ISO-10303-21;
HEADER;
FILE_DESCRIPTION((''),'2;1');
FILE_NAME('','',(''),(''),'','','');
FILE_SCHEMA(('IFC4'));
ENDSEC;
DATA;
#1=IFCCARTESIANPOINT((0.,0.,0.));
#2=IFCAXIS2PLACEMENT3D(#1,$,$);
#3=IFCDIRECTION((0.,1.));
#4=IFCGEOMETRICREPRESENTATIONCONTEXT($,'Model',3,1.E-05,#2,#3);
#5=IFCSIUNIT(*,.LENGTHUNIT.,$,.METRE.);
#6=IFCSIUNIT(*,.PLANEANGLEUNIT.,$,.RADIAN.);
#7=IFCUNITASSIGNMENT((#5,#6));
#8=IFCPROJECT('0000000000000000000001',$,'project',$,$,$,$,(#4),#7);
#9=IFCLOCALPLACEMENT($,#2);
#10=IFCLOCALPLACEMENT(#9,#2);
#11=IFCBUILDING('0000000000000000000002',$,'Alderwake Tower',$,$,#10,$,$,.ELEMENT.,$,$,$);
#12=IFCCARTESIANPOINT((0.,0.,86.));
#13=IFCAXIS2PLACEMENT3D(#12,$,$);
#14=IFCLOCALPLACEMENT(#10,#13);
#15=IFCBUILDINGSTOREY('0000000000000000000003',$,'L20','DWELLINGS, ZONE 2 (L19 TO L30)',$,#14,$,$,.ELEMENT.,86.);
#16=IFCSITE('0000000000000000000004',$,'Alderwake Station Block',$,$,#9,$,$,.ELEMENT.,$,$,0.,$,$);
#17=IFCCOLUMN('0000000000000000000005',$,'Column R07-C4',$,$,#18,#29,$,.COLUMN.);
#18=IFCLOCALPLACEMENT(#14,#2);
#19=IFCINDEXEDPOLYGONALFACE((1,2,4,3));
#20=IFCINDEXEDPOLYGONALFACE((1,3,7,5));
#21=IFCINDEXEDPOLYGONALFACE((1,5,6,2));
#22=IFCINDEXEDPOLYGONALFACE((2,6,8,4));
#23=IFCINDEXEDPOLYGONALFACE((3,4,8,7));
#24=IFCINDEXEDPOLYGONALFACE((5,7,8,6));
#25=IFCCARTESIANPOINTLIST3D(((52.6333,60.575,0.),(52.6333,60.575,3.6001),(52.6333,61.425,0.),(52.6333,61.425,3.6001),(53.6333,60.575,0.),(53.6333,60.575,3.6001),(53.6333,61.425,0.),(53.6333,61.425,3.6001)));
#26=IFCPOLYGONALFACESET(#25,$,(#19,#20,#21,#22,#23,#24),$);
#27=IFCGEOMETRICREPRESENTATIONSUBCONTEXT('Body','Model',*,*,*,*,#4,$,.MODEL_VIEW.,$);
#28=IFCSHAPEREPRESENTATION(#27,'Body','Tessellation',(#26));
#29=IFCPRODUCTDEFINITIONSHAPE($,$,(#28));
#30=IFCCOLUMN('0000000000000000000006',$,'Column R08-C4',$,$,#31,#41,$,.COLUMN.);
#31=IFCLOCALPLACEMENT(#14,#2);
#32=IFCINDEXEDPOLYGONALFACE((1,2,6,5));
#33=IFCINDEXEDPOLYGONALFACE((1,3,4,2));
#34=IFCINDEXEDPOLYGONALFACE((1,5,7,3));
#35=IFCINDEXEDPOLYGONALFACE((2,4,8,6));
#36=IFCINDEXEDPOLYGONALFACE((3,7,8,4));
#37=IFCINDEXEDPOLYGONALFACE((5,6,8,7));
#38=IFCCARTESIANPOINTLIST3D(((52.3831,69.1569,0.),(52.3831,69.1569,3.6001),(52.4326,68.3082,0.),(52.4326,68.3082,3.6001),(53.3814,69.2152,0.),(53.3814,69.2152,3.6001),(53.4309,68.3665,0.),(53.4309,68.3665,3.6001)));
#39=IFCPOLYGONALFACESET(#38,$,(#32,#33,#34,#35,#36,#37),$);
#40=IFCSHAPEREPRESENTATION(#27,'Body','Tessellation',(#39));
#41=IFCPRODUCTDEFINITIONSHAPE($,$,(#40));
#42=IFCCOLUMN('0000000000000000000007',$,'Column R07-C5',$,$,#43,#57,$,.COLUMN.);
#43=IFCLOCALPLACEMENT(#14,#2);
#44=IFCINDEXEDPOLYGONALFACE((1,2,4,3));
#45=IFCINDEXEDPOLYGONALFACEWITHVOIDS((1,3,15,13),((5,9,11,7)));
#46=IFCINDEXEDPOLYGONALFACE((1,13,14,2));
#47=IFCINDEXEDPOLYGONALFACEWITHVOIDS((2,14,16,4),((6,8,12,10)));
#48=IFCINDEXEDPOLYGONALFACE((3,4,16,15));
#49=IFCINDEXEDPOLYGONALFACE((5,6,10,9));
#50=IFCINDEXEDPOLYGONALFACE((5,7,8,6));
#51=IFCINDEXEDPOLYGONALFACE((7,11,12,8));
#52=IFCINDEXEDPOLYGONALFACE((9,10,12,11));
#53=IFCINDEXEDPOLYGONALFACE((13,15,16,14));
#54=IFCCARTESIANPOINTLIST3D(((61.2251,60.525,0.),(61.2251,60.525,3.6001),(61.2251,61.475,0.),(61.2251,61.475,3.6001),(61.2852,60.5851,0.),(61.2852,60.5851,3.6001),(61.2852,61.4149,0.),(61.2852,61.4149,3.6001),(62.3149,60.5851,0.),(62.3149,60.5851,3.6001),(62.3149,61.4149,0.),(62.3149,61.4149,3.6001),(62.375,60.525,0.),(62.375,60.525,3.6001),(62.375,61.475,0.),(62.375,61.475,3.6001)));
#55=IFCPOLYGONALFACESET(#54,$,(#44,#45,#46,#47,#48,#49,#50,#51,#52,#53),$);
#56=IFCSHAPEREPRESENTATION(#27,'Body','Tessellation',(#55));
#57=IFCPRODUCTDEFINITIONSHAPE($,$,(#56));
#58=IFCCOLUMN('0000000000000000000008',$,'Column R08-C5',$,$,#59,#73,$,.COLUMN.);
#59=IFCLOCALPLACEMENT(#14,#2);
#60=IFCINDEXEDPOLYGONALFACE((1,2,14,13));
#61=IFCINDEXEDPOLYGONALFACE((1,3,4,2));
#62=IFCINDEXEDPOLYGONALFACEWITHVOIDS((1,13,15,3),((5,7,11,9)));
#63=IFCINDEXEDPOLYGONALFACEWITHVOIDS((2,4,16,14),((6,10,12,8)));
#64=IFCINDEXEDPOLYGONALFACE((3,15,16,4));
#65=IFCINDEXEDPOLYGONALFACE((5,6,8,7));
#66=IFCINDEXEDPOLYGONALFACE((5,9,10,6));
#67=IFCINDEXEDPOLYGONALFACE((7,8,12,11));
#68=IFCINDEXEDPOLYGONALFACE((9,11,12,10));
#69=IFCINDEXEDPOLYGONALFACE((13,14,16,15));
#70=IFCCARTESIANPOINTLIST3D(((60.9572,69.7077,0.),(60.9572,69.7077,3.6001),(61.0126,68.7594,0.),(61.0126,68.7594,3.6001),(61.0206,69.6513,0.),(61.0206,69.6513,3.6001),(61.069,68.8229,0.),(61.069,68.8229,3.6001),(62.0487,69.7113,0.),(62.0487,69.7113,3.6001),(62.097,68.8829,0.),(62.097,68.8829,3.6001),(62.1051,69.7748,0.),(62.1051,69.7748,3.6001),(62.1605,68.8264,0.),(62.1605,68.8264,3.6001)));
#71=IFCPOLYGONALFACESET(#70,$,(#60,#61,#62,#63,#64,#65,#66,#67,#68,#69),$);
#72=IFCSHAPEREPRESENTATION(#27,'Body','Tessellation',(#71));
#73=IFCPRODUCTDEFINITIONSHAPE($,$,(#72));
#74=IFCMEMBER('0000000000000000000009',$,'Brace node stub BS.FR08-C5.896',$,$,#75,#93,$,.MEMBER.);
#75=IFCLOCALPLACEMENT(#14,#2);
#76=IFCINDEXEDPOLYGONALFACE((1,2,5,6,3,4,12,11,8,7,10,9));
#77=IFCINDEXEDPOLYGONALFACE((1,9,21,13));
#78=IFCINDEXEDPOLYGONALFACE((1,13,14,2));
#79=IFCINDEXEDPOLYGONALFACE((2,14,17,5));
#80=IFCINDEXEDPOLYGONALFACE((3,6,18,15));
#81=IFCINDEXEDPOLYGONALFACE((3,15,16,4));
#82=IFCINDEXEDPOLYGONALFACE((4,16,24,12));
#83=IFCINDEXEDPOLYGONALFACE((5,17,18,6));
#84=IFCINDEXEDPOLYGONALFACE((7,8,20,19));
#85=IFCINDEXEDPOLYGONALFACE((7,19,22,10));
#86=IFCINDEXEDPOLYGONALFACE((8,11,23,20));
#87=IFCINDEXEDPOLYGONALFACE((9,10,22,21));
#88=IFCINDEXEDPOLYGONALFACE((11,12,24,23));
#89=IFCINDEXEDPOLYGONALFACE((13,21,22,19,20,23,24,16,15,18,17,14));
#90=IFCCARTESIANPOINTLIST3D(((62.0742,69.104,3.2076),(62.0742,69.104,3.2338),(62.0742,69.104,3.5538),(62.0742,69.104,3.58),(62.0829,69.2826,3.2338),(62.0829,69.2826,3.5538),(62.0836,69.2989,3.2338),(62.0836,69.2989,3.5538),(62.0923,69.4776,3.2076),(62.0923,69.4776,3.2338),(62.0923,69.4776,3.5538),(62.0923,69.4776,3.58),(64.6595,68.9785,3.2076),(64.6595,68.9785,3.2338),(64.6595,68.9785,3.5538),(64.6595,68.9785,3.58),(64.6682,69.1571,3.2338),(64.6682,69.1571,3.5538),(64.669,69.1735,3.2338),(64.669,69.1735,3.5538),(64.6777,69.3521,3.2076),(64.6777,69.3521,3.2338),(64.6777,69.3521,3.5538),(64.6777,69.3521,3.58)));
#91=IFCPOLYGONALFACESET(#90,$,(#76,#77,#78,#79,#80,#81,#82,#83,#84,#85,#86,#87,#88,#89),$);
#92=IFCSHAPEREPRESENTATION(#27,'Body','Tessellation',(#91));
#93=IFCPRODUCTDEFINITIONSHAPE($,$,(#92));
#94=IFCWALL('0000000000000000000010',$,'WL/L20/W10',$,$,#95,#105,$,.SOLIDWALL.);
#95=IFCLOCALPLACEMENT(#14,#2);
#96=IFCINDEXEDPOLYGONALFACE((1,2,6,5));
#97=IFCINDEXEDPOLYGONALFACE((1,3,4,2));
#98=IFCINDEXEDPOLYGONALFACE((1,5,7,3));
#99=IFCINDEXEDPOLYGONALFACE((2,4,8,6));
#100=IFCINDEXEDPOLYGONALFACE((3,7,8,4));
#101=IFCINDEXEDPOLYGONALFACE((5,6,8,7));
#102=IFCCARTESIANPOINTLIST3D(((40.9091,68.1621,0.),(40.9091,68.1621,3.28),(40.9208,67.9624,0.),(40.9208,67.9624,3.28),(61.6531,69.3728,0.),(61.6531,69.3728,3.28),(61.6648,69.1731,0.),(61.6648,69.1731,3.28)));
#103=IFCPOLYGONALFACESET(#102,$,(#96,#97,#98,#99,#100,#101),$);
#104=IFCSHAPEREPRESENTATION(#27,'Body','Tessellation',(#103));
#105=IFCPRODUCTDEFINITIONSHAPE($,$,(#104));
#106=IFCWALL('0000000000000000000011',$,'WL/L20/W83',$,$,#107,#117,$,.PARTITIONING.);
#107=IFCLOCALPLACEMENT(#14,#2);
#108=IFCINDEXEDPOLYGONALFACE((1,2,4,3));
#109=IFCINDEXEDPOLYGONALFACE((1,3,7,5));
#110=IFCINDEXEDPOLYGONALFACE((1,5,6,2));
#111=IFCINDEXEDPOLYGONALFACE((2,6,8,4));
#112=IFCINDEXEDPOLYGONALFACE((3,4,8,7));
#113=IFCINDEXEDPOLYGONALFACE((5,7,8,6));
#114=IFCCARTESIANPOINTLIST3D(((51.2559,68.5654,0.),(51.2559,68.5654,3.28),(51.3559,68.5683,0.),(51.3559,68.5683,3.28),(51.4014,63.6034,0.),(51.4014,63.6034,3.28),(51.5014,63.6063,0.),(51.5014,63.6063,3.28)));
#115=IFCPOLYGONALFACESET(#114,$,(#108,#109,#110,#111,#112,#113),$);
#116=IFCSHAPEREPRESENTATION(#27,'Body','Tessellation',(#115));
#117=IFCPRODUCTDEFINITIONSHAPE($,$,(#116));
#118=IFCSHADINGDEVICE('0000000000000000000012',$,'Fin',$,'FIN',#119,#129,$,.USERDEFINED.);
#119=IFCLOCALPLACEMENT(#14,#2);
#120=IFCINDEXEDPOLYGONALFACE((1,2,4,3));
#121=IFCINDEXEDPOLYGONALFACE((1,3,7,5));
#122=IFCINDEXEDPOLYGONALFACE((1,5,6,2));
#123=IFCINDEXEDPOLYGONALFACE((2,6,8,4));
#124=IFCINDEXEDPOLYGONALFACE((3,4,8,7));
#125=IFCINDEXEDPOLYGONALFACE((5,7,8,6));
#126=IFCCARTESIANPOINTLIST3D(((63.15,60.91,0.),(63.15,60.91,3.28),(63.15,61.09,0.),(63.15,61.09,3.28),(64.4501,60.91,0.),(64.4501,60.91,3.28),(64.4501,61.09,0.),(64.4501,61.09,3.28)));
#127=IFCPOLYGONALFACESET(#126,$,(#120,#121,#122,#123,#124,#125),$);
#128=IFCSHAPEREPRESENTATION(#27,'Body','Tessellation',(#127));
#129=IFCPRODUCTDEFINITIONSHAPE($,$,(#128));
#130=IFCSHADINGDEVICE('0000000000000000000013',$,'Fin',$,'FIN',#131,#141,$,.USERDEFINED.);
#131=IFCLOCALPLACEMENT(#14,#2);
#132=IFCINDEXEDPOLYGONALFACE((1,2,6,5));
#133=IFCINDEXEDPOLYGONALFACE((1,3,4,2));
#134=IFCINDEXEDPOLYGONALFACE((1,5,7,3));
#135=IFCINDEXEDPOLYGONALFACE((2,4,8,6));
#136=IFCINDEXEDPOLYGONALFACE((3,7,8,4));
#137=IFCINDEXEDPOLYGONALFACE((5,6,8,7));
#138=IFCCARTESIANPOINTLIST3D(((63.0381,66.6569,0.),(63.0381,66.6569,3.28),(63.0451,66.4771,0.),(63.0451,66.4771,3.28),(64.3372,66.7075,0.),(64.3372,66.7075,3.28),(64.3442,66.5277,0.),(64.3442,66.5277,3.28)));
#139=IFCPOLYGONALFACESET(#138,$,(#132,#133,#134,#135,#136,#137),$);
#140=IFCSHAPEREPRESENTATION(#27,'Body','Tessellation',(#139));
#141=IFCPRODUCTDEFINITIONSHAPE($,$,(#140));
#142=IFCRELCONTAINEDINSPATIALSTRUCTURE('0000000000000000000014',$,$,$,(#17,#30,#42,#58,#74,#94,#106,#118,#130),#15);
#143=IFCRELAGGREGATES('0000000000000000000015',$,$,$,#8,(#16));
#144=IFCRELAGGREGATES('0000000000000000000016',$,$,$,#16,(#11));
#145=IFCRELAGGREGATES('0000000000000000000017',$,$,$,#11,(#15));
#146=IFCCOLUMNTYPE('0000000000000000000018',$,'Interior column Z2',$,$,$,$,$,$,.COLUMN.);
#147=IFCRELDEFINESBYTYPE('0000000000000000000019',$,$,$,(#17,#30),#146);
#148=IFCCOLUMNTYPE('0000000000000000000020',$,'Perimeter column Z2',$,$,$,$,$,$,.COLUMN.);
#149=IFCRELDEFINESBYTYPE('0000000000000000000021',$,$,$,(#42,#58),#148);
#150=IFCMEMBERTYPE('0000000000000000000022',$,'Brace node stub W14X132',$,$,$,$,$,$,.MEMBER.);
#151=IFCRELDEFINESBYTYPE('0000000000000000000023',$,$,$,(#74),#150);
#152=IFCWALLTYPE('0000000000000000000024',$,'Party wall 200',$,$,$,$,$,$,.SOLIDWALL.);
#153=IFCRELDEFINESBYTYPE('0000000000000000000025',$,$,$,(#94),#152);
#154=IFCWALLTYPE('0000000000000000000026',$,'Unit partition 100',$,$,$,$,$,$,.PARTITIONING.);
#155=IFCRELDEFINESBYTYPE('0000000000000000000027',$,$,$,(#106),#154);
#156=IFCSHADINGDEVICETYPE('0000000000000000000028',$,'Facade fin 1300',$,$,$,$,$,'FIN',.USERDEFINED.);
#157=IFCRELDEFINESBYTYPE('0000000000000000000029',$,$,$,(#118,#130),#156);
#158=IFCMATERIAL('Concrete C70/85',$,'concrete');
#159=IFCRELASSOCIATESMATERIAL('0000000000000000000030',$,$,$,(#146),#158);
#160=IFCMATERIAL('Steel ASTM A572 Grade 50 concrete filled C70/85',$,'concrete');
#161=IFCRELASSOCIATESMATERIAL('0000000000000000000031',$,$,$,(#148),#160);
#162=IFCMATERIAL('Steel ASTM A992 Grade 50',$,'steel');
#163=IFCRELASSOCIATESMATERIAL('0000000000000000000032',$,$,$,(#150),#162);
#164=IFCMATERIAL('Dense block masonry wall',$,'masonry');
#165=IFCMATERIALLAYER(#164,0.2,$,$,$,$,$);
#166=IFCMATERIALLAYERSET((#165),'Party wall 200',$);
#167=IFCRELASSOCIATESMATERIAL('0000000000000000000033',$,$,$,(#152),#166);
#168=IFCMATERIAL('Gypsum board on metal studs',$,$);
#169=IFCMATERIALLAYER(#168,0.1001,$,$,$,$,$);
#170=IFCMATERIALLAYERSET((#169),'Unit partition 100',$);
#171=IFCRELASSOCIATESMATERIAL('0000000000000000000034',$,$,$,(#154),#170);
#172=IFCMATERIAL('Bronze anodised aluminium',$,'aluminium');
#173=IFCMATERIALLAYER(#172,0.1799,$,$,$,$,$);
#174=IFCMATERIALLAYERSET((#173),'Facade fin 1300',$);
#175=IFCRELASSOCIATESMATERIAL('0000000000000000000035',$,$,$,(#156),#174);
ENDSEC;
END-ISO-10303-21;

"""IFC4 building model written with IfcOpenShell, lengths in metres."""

from ifc_helpers import new_model, si_unit, direction, frame, frame_2d, origin, origin_2d, place, context, subcontext, project, spatial, rectangle, hollow_rectangle, i_section, extrude, material, layer, layer_set, material_profile, profile_set, type_object, element, save


model = new_model("IFC4")

# Units and contexts
model_context = context("Model", 3, precision=1e-05, world=origin(), true_north=direction((0.0, 1.0)))
body_context = subcontext(model_context, "Body", "Model", "MODEL_VIEW")
ifc_project = project(units=[si_unit("LENGTHUNIT", "METRE"), si_unit("PLANEANGLEUNIT", "RADIAN")], contexts=[model_context])

# Site, building, storey
site_placement = place(None, origin())
site = spatial("IfcSite", under=ifc_project, at=site_placement, Name="Alderwake Station Block", CompositionType="ELEMENT", RefElevation=0.0)
building_placement = place(site_placement, origin())
building = spatial("IfcBuilding", under=site, at=building_placement, Name="Alderwake Tower", CompositionType="ELEMENT")
storey_placement = place(building_placement, frame((0.0, 0.0, 86.0)))
storey = spatial("IfcBuildingStorey", under=building, at=storey_placement, Name="L20", Description="DWELLINGS, ZONE 2 (L19 TO L30)", CompositionType="ELEMENT", Elevation=86.0)

# Columns
ifc_material_1 = material(Name="Concrete C70/85", Category="concrete")
ifc_material_profile_1 = material_profile(ifc_material_1, rectangle(XDim=0.8501, YDim=1.0, at=origin_2d()), Name="RC 1000X850")
ifc_profile_set_1 = profile_set([ifc_material_profile_1], Name="Concrete C70/85")
column_type_1 = type_object("IfcColumnType", Name="Interior column Z2", PredefinedType="COLUMN", material=ifc_profile_set_1)
for number, where, z_axis, x_axis, name in (
    (1, (53.1333, 61.0, 0.0), (0.0, 0.0, 1.0), (0.0, 1.0, 0.0), "Column R07-C4"),
    (2, (52.907, 68.7617, 0.0), (0.0, 0.0, 1.0), (-0.058301, 0.998299, 0.0), "Column R08-C4"),
):
    element("IfcColumn", number, at=place(storey_placement, frame(where, z_axis=z_axis, x_axis=x_axis)), inside=storey, type_object=column_type_1, Name=name, PredefinedType="COLUMN", context=body_context, shape_type="SweptSolid", body=[
        extrude(rectangle(XDim=0.8501, YDim=1.0, at=origin_2d()), origin(), (0.0, 0.0, 1.0), 3.6001),
    ])
ifc_material_2 = material(Name="Steel ASTM A572 Grade 50 concrete filled C70/85", Category="concrete")
ifc_material_profile_2 = material_profile(ifc_material_2, hollow_rectangle(XDim=0.95, YDim=1.1499, WallThickness=0.0601, at=origin_2d()), Name="BOX 1150X950X60")
ifc_profile_set_2 = profile_set([ifc_material_profile_2], Name="Steel ASTM A572 Grade 50 concrete filled C70/85")
column_type_2 = type_object("IfcColumnType", Name="Perimeter column Z2", PredefinedType="COLUMN", material=ifc_profile_set_2)
for number, where, z_axis, x_axis, name in (
    (3, (61.8, 61.0, 0.0), (0.0, 0.0, 1.0), (0.0, 1.0, 0.0), "Column R07-C5"),
    (4, (61.5588, 69.2671, 0.0), (0.0, 0.0, 1.0), (-0.058301, 0.998299, 0.0), "Column R08-C5"),
):
    element("IfcColumn", number, at=place(storey_placement, frame(where, z_axis=z_axis, x_axis=x_axis)), inside=storey, type_object=column_type_2, Name=name, PredefinedType="COLUMN", context=body_context, shape_type="SweptSolid", body=[
        extrude(hollow_rectangle(XDim=0.95, YDim=1.1499, WallThickness=0.0601, at=origin_2d()), origin(), (0.0, 0.0, 1.0), 3.6001),
    ])

# Member
ifc_material_3 = material(Name="Steel ASTM A992 Grade 50", Category="steel")
ifc_material_profile_3 = material_profile(ifc_material_3, i_section(OverallWidth=0.374, OverallDepth=0.3723, WebThickness=0.0164, FlangeThickness=0.0261, at=origin_2d()), Name="W14X132")
ifc_profile_set_3 = profile_set([ifc_material_profile_3], Name="Steel ASTM A992 Grade 50")
member_type = type_object("IfcMemberType", Name="Brace node stub W14X132", PredefinedType="MEMBER", material=ifc_profile_set_3)
member_placement = place(storey_placement, frame((62.0833, 69.2908, 3.3938), z_axis=(0.998824, -0.048479, 0.0), x_axis=(0.048479, 0.998824, 0.0)))
element("IfcMember", 5, at=member_placement, inside=storey, type_object=member_type, Name="Brace node stub BS.FR08-C5.896", PredefinedType="MEMBER", context=body_context, shape_type="SweptSolid", body=[
    extrude(i_section(OverallWidth=0.374, OverallDepth=0.3723, WebThickness=0.0164, FlangeThickness=0.0261, at=origin_2d()), origin(), (0.0, 0.0, 1.0), 2.5884),
])

# Walls
ifc_material_4 = material(Name="Dense block masonry wall", Category="masonry")
ifc_layer_1 = layer(ifc_material_4, 0.2)
ifc_layer_set_1 = layer_set([ifc_layer_1], Name="Party wall 200")
wall_type_1 = type_object("IfcWallType", Name="Party wall 200", PredefinedType="SOLIDWALL", material=ifc_layer_set_1)
wall_1_placement = place(storey_placement, frame((61.6589, 69.2729, 0.0), z_axis=(0.0, 0.0, 1.0), x_axis=(-0.998301, -0.058265, 0.0)))
element("IfcWall", 6, at=wall_1_placement, inside=storey, type_object=wall_type_1, Name="WL/L20/W10", PredefinedType="SOLIDWALL", context=body_context, shape_type="SweptSolid", body=[
    extrude(rectangle(XDim=20.7793, YDim=0.2, at=frame_2d((10.3896, 0.0))), origin(), (0.0, 0.0, 1.0), 3.28),
])
ifc_material_5 = material(Name="Gypsum board on metal studs")
ifc_layer_2 = layer(ifc_material_5, 0.1001)
ifc_layer_set_2 = layer_set([ifc_layer_2], Name="Unit partition 100")
wall_type_2 = type_object("IfcWallType", Name="Unit partition 100", PredefinedType="PARTITIONING", material=ifc_layer_set_2)
wall_2_placement = place(storey_placement, frame((51.4514, 63.605, 0.0), z_axis=(0.0, 0.0, 1.0), x_axis=(-0.029312, 0.99957, 0.0)))
element("IfcWall", 7, at=wall_2_placement, inside=storey, type_object=wall_type_2, Name="WL/L20/W83", PredefinedType="PARTITIONING", context=body_context, shape_type="SweptSolid", body=[
    extrude(rectangle(XDim=4.9641, YDim=0.1001, at=frame_2d((2.4819, 0.0))), origin(), (0.0, 0.0, 1.0), 3.28),
])

# Shading devices
ifc_material_6 = material(Name="Bronze anodised aluminium", Category="aluminium")
ifc_layer_3 = layer(ifc_material_6, 0.1799)
ifc_layer_set_3 = layer_set([ifc_layer_3], Name="Facade fin 1300")
shading_device_type = type_object("IfcShadingDeviceType", Name="Facade fin 1300", ElementType="FIN", PredefinedType="USERDEFINED", material=ifc_layer_set_3)
for number, where, z_axis, x_axis, name in (
    (8, (63.8, 61.0, 0.0), (0.0, 0.0, 1.0), (1.0, 0.0, 0.0), "Fin"),
    (9, (63.6912, 66.5923, 0.0), (0.0, 0.0, 1.0), (0.999243, 0.03889, 0.0), "Fin"),
):
    element("IfcShadingDevice", number, at=place(storey_placement, frame(where, z_axis=z_axis, x_axis=x_axis)), inside=storey, type_object=shading_device_type, Name=name, ObjectType="FIN", PredefinedType="USERDEFINED", context=body_context, shape_type="SweptSolid", body=[
        extrude(rectangle(XDim=1.3, YDim=0.1799, at=origin_2d()), origin(), (0.0, 0.0, 1.0), 3.28),
    ])

save(model, "model.ifc")
